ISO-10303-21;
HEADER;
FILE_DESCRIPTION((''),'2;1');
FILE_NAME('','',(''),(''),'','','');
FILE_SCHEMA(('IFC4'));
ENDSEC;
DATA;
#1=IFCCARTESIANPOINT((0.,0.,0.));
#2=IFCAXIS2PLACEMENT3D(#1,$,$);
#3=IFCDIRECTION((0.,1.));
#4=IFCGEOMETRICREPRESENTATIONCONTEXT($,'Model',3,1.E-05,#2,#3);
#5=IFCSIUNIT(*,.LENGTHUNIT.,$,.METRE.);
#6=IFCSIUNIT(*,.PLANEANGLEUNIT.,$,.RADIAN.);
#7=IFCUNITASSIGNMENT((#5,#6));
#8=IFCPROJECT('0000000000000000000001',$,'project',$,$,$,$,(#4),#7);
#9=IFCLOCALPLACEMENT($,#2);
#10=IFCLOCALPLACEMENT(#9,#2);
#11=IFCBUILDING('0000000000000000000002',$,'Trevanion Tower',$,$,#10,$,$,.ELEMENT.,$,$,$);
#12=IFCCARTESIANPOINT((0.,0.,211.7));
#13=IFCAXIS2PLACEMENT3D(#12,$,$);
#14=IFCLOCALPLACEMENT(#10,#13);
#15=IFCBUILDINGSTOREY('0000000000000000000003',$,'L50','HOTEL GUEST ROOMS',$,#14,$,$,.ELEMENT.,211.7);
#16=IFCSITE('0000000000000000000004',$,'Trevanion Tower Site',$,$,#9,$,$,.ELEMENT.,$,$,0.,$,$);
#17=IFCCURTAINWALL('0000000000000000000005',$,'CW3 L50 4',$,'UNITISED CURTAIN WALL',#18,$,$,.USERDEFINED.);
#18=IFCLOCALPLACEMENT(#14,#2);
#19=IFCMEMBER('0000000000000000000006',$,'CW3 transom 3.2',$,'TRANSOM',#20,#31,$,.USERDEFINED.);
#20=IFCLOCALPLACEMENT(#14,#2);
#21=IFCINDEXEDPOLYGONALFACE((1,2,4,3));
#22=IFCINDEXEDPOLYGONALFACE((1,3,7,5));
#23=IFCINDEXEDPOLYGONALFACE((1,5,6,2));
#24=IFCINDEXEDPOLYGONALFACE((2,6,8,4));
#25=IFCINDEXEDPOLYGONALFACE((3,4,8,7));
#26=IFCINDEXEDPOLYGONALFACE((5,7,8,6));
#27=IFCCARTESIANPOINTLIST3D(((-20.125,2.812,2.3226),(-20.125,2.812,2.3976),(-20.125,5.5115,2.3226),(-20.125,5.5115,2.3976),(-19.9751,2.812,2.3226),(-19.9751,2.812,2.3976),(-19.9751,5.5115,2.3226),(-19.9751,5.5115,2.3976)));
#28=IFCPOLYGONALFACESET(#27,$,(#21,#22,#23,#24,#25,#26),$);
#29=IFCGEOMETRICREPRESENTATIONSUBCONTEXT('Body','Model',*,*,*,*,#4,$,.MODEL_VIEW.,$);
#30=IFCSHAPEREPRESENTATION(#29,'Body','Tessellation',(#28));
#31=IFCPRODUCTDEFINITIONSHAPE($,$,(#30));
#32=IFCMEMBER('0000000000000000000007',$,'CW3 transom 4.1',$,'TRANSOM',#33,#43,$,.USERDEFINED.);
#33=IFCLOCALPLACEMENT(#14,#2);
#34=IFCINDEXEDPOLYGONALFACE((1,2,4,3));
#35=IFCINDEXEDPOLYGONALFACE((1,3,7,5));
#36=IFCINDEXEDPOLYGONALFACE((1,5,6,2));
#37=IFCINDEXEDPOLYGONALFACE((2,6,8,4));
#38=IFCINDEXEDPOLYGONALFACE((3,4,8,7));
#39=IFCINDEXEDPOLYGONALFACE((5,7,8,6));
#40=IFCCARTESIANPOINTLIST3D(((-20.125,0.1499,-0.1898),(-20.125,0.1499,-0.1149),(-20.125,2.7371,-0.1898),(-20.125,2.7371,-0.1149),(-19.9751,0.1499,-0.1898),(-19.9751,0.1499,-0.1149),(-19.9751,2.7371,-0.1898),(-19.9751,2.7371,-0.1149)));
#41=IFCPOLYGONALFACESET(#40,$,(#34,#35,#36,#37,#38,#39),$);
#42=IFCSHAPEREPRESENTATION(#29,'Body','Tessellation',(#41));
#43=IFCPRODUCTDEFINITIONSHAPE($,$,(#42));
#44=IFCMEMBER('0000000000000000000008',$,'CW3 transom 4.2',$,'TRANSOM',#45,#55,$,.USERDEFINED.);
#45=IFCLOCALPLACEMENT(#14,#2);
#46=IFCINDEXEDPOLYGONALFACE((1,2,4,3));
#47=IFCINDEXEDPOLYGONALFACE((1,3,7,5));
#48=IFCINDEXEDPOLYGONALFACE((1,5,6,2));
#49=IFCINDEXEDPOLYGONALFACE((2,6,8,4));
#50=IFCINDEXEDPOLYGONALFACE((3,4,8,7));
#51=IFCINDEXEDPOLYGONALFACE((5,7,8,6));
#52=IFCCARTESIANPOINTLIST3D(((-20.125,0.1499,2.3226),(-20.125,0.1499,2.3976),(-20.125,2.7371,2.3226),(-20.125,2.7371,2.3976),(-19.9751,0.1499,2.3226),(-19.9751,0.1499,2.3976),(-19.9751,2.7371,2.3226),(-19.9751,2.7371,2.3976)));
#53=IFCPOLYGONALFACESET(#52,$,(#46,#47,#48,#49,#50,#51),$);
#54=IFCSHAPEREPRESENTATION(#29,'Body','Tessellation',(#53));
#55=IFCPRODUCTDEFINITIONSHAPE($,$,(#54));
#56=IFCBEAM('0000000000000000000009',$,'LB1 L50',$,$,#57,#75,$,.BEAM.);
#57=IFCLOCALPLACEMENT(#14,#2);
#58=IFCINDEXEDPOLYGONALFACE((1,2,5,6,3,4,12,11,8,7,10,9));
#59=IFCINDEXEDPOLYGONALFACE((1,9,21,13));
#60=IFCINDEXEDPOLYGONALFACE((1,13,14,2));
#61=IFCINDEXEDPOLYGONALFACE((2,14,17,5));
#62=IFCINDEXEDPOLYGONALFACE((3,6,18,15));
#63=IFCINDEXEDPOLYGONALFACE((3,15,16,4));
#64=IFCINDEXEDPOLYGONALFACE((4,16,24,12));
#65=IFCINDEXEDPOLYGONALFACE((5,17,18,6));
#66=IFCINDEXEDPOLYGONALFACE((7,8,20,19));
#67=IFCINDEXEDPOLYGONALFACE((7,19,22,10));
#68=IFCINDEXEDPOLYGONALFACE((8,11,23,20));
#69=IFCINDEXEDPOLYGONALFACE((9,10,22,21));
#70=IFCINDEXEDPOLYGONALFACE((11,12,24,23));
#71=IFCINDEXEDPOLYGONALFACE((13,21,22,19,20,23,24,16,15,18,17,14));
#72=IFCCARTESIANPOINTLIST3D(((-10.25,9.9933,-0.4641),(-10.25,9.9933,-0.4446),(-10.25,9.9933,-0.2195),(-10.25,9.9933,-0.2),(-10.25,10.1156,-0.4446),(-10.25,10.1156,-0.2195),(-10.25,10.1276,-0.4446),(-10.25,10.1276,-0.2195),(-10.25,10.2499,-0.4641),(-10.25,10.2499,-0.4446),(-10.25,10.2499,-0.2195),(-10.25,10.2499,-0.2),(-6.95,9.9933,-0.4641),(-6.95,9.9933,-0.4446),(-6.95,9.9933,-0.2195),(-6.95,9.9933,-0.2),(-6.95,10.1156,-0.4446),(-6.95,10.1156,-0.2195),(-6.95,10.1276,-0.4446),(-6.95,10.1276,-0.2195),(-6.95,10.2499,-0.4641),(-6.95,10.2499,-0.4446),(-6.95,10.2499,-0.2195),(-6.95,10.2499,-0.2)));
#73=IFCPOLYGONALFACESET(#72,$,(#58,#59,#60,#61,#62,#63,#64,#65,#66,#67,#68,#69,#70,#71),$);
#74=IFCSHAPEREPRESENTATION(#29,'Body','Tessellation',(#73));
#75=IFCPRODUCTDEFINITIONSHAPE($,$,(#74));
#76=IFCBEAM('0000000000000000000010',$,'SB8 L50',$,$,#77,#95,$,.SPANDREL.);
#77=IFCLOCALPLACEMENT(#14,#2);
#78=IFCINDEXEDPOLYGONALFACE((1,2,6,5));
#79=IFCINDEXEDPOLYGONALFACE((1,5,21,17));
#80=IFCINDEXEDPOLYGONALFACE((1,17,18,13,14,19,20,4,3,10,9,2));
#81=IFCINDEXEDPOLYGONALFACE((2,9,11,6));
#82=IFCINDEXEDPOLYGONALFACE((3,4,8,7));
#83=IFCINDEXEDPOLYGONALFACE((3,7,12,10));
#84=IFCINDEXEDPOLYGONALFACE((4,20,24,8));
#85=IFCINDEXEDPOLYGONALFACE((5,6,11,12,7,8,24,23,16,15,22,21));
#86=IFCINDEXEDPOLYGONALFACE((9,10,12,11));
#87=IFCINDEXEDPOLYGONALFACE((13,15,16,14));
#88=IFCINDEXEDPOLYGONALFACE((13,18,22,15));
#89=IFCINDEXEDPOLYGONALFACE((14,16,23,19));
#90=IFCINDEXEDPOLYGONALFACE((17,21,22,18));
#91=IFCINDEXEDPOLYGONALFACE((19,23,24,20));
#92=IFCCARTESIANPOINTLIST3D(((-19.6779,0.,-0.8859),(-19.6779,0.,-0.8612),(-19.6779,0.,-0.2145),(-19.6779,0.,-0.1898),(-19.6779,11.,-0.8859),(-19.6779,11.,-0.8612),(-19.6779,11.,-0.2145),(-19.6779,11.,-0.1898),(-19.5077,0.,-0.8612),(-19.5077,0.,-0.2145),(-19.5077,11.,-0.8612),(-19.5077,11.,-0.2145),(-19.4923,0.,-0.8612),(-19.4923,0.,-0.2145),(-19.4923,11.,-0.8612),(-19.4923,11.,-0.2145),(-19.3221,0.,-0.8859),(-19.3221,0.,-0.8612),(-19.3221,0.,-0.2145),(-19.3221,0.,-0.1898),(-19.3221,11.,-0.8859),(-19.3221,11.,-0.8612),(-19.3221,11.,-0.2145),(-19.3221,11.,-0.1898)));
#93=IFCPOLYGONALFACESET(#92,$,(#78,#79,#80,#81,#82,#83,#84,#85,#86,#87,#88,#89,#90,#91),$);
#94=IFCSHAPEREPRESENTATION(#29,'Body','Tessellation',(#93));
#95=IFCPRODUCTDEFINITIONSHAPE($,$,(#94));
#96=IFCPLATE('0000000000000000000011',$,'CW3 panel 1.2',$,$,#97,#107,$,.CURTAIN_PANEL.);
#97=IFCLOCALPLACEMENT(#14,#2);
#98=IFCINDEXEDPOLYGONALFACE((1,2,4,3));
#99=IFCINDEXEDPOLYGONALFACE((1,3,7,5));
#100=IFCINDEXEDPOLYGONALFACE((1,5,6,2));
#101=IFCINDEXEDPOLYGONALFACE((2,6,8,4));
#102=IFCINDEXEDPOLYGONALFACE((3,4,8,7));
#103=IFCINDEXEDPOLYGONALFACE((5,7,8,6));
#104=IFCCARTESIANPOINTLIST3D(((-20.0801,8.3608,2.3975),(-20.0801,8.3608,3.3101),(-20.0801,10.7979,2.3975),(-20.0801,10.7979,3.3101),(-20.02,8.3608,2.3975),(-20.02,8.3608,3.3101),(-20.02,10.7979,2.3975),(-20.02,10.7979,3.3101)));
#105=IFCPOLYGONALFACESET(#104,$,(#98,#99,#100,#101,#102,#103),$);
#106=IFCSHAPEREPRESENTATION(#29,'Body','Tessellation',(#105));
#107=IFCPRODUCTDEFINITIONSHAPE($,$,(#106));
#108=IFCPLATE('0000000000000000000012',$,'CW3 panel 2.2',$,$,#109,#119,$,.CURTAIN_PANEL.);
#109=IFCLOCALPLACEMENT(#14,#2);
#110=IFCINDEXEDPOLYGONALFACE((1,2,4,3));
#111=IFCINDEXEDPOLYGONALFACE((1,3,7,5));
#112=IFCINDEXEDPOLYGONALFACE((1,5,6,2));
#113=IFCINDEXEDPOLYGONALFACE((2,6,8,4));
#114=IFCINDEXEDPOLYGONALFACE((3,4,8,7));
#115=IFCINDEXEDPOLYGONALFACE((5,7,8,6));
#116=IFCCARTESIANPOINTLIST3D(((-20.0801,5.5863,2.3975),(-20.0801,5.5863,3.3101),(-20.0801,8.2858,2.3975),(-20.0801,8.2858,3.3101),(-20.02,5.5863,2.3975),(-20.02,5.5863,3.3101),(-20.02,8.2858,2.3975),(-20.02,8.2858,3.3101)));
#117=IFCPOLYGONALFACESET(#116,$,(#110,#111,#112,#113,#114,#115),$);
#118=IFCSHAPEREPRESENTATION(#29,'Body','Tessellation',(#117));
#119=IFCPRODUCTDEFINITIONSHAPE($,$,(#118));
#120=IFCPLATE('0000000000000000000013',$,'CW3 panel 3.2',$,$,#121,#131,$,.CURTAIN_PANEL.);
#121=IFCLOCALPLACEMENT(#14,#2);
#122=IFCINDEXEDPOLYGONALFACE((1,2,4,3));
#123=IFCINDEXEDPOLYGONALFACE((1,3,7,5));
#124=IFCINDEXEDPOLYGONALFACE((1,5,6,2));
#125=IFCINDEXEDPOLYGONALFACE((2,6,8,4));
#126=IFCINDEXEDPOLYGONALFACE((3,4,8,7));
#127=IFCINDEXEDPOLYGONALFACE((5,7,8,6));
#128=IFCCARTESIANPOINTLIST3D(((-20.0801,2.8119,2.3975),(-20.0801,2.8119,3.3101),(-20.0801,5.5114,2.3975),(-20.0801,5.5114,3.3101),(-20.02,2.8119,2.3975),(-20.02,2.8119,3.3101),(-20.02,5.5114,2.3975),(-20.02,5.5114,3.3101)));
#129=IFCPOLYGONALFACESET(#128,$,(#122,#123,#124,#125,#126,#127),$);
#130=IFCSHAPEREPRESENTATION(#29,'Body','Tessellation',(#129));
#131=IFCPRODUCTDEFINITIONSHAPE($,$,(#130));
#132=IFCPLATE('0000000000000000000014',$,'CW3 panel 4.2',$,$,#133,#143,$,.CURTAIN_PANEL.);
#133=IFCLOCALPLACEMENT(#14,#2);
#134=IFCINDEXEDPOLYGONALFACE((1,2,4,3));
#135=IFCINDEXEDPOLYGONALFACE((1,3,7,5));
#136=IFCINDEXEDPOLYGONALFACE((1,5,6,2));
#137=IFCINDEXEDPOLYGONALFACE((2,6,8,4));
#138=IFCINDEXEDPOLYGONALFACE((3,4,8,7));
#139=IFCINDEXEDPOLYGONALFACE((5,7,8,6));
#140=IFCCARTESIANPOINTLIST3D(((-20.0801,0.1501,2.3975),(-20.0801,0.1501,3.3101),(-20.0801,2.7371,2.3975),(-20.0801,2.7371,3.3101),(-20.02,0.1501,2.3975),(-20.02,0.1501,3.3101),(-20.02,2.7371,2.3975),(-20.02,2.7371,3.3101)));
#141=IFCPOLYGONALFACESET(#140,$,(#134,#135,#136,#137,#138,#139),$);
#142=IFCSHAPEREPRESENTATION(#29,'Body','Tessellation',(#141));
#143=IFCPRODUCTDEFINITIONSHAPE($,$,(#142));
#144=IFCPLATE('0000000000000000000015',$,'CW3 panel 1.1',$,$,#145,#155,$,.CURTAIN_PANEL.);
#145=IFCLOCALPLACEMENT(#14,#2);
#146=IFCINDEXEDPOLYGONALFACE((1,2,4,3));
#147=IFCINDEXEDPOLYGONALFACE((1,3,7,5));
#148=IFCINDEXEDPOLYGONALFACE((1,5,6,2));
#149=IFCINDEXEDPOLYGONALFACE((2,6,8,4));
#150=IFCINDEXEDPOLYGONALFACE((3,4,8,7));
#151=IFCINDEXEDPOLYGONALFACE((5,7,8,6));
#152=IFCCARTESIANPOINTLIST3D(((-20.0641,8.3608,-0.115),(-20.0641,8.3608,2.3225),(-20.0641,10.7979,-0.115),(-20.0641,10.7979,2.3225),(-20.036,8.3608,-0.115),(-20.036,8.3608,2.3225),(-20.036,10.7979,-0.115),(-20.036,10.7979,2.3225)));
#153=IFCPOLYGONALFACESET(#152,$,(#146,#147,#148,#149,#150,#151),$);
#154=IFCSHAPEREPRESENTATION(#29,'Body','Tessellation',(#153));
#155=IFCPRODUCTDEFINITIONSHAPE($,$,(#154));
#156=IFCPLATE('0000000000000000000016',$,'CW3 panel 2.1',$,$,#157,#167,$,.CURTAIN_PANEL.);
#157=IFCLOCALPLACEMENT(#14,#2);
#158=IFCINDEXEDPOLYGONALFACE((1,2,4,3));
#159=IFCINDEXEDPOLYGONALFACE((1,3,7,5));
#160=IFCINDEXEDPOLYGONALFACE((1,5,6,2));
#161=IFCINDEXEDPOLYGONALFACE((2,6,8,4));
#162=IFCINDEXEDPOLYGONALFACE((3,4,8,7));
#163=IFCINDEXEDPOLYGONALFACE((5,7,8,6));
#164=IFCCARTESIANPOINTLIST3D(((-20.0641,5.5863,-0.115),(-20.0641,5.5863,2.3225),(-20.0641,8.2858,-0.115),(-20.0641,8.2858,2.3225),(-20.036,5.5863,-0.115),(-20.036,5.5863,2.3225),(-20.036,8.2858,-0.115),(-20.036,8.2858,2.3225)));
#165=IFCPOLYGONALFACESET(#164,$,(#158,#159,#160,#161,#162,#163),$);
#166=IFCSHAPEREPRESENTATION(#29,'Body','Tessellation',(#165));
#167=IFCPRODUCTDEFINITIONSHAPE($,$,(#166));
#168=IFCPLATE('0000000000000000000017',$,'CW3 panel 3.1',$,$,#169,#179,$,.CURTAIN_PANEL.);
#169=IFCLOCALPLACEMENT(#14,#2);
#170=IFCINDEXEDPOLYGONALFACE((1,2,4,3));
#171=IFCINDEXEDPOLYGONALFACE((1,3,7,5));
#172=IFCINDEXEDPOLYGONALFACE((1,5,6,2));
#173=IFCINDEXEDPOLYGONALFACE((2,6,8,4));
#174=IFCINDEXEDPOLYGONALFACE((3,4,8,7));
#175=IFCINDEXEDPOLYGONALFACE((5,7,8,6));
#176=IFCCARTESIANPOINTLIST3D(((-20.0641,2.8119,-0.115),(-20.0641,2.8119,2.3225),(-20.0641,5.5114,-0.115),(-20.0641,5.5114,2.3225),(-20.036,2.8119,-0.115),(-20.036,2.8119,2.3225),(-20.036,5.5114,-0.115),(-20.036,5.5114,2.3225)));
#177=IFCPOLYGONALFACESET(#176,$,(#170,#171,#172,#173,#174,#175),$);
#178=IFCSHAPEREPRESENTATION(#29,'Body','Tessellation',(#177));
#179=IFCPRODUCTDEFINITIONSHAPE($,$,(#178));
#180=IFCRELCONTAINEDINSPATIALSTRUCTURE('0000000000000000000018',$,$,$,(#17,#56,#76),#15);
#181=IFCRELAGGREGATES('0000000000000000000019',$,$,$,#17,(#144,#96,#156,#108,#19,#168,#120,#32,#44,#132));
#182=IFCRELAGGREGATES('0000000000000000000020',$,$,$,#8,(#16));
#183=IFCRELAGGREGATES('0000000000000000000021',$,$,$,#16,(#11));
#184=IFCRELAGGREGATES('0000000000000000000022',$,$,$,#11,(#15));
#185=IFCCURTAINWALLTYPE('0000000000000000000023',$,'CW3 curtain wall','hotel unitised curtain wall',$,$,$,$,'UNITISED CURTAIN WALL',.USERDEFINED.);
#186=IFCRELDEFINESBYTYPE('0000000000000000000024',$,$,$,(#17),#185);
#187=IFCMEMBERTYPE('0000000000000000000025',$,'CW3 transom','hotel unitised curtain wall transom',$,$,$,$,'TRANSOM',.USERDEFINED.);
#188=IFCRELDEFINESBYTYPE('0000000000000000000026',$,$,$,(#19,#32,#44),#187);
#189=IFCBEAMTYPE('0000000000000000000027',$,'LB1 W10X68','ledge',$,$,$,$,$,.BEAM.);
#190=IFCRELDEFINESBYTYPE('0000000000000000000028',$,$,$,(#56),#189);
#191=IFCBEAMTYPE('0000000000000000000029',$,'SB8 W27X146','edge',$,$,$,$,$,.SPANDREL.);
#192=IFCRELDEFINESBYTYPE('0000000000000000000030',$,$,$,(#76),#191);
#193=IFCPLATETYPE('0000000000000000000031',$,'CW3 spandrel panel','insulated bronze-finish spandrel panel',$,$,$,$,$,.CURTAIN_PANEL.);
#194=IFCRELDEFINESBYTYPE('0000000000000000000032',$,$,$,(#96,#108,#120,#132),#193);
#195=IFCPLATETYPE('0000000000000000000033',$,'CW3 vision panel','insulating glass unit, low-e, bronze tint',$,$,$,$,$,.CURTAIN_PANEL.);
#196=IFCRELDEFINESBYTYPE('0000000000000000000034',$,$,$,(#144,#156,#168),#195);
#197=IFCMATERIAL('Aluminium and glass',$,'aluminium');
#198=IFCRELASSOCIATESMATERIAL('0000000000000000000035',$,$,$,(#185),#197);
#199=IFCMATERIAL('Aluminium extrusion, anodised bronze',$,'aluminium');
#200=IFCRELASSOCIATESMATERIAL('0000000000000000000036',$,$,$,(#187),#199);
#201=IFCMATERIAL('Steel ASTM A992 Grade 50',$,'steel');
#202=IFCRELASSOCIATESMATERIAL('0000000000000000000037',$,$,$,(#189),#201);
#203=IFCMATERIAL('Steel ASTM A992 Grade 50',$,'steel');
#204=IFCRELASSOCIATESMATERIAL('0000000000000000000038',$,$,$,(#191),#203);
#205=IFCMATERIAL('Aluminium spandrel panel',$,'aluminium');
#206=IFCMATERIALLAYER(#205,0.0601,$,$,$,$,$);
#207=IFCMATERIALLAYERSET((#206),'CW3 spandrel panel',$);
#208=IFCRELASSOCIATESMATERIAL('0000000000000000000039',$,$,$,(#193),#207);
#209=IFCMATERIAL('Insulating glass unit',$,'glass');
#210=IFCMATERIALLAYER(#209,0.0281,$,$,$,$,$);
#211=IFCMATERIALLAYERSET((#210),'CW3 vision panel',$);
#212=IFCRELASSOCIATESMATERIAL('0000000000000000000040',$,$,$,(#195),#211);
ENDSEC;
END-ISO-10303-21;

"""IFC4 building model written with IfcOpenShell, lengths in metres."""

from ifc_helpers import new_model, si_unit, direction, frame, origin, origin_2d, place, context, subcontext, project, spatial, rectangle, i_section, extrude, material, layer, layer_set, material_profile, profile_set, type_object, element, aggregate, save


model = new_model("IFC4")

# Units and contexts
model_context = context("Model", 3, precision=1e-05, world=origin(), true_north=direction((0.0, 1.0)))
body_context = subcontext(model_context, "Body", "Model", "MODEL_VIEW")
ifc_project = project(units=[si_unit("LENGTHUNIT", "METRE"), si_unit("PLANEANGLEUNIT", "RADIAN")], contexts=[model_context])

# Site, building, storey
site_placement = place(None, origin())
site = spatial("IfcSite", under=ifc_project, at=site_placement, Name="Trevanion Tower Site", CompositionType="ELEMENT", RefElevation=0.0)
building_placement = place(site_placement, origin())
building = spatial("IfcBuilding", under=site, at=building_placement, Name="Trevanion Tower", CompositionType="ELEMENT")
storey_placement = place(building_placement, frame((0.0, 0.0, 211.7)))
storey = spatial("IfcBuildingStorey", under=building, at=storey_placement, Name="L50", Description="HOTEL GUEST ROOMS", CompositionType="ELEMENT", Elevation=211.7)

# Curtain wall, members
ifc_material_1 = material(Name="Aluminium and glass", Category="aluminium")
curtain_wall_type = type_object("IfcCurtainWallType", Name="CW3 curtain wall", Description="hotel unitised curtain wall", ElementType="UNITISED CURTAIN WALL", PredefinedType="USERDEFINED", material=ifc_material_1)
curtain_wall_placement = place(storey_placement, origin())
curtain_wall = element("IfcCurtainWall", 1, at=curtain_wall_placement, inside=storey, type_object=curtain_wall_type, Name="CW3 L50 4", ObjectType="UNITISED CURTAIN WALL", PredefinedType="USERDEFINED")
ifc_material_2 = material(Name="Aluminium extrusion, anodised bronze", Category="aluminium")
ifc_material_profile_1 = material_profile(ifc_material_2, rectangle(XDim=0.1499, YDim=0.075, at=origin_2d()), Name="CW3 transom")
ifc_profile_set_1 = profile_set([ifc_material_profile_1], Name="Aluminium extrusion, anodised bronze")
member_type_1 = type_object("IfcMemberType", Name="CW3 transom", Description="hotel unitised curtain wall transom", ElementType="TRANSOM", PredefinedType="USERDEFINED", material=ifc_profile_set_1)
member_1_placement = place(storey_placement, frame((-20.05, 5.5115, 2.3601), z_axis=(0.0, -1.0, 0.0), x_axis=(1.0, 0.0, 0.0)))
member_1 = element("IfcMember", 2, at=member_1_placement, type_object=member_type_1, Name="CW3 transom 3.2", ObjectType="TRANSOM", PredefinedType="USERDEFINED", context=body_context, shape_type="SweptSolid", body=[
    extrude(rectangle(XDim=0.1499, YDim=0.075, at=origin_2d()), origin(), (0.0, 0.0, 1.0), 2.6995),
])
member_2_placement = place(storey_placement, frame((-20.05, 2.7371, -0.1523), z_axis=(0.0, -1.0, 0.0), x_axis=(1.0, 0.0, 0.0)))
member_2 = element("IfcMember", 3, at=member_2_placement, type_object=member_type_1, Name="CW3 transom 4.1", ObjectType="TRANSOM", PredefinedType="USERDEFINED", context=body_context, shape_type="SweptSolid", body=[
    extrude(rectangle(XDim=0.1499, YDim=0.075, at=origin_2d()), origin(), (0.0, 0.0, 1.0), 2.5872),
])
member_3_placement = place(storey_placement, frame((-20.05, 2.7371, 2.3601), z_axis=(0.0, -1.0, 0.0), x_axis=(1.0, 0.0, 0.0)))
member_3 = element("IfcMember", 4, at=member_3_placement, type_object=member_type_1, Name="CW3 transom 4.2", ObjectType="TRANSOM", PredefinedType="USERDEFINED", context=body_context, shape_type="SweptSolid", body=[
    extrude(rectangle(XDim=0.1499, YDim=0.075, at=origin_2d()), origin(), (0.0, 0.0, 1.0), 2.5872),
])

# Beams
ifc_material_3 = material(Name="Steel ASTM A992 Grade 50", Category="steel")
ifc_material_profile_2 = material_profile(ifc_material_3, i_section(OverallWidth=0.2566, OverallDepth=0.2642, WebThickness=0.012, FlangeThickness=0.0195, at=origin_2d()), Name="W10X68")
ifc_profile_set_2 = profile_set([ifc_material_profile_2], Name="Steel ASTM A992 Grade 50")
beam_type_1 = type_object("IfcBeamType", Name="LB1 W10X68", Description="ledge", PredefinedType="BEAM", material=ifc_profile_set_2)
beam_1_placement = place(storey_placement, frame((-10.25, 10.1216, -0.332), z_axis=(1.0, 0.0, 0.0), x_axis=(0.0, 1.0, 0.0)))
element("IfcBeam", 5, at=beam_1_placement, inside=storey, type_object=beam_type_1, Name="LB1 L50", PredefinedType="BEAM", context=body_context, shape_type="SweptSolid", body=[
    extrude(i_section(OverallWidth=0.2566, OverallDepth=0.2642, WebThickness=0.012, FlangeThickness=0.0195, at=origin_2d()), origin(), (0.0, 0.0, 1.0), 3.3),
])
ifc_material_4 = material(Name="Steel ASTM A992 Grade 50", Category="steel")
ifc_material_profile_3 = material_profile(ifc_material_4, i_section(OverallWidth=0.3557, OverallDepth=0.696, WebThickness=0.0154, FlangeThickness=0.0247, at=origin_2d()), Name="W27X146")
ifc_profile_set_3 = profile_set([ifc_material_profile_3], Name="Steel ASTM A992 Grade 50")
beam_type_2 = type_object("IfcBeamType", Name="SB8 W27X146", Description="edge", PredefinedType="SPANDREL", material=ifc_profile_set_3)
beam_2_placement = place(storey_placement, frame((-19.5, 11.0, -0.5378), z_axis=(0.0, -1.0, 0.0), x_axis=(1.0, 0.0, 0.0)))
element("IfcBeam", 6, at=beam_2_placement, inside=storey, type_object=beam_type_2, Name="SB8 L50", PredefinedType="SPANDREL", context=body_context, shape_type="SweptSolid", body=[
    extrude(i_section(OverallWidth=0.3557, OverallDepth=0.696, WebThickness=0.0154, FlangeThickness=0.0247, at=origin_2d()), origin(), (0.0, 0.0, 1.0), 11.0),
])

# Plates
ifc_material_5 = material(Name="Aluminium spandrel panel", Category="aluminium")
ifc_layer_1 = layer(ifc_material_5, 0.0601)
ifc_layer_set_1 = layer_set([ifc_layer_1], Name="CW3 spandrel panel")
plate_type_1 = type_object("IfcPlateType", Name="CW3 spandrel panel", Description="insulated bronze-finish spandrel panel", PredefinedType="CURTAIN_PANEL", material=ifc_layer_set_1)
plate_1_placement = place(storey_placement, frame((-20.05, 9.5793, 2.3975), z_axis=(0.0, 0.0, 1.0), x_axis=(0.0, -1.0, 0.0)))
plate_1 = element("IfcPlate", 7, at=plate_1_placement, type_object=plate_type_1, Name="CW3 panel 1.2", PredefinedType="CURTAIN_PANEL", context=body_context, shape_type="SweptSolid", body=[
    extrude(rectangle(XDim=2.437, YDim=0.0601, at=origin_2d()), origin(), (0.0, 0.0, 1.0), 0.9126),
])
plate_2_placement = place(storey_placement, frame((-20.05, 6.936, 2.3975), z_axis=(0.0, 0.0, 1.0), x_axis=(0.0, -1.0, 0.0)))
plate_2 = element("IfcPlate", 8, at=plate_2_placement, type_object=plate_type_1, Name="CW3 panel 2.2", PredefinedType="CURTAIN_PANEL", context=body_context, shape_type="SweptSolid", body=[
    extrude(rectangle(XDim=2.6995, YDim=0.0601, at=origin_2d()), origin(), (0.0, 0.0, 1.0), 0.9126),
])
plate_3_placement = place(storey_placement, frame((-20.05, 4.1616, 2.3975), z_axis=(0.0, 0.0, 1.0), x_axis=(0.0, -1.0, 0.0)))
plate_3 = element("IfcPlate", 9, at=plate_3_placement, type_object=plate_type_1, Name="CW3 panel 3.2", PredefinedType="CURTAIN_PANEL", context=body_context, shape_type="SweptSolid", body=[
    extrude(rectangle(XDim=2.6995, YDim=0.0601, at=origin_2d()), origin(), (0.0, 0.0, 1.0), 0.9126),
])
plate_4_placement = place(storey_placement, frame((-20.05, 1.4436, 2.3975), z_axis=(0.0, 0.0, 1.0), x_axis=(0.0, -1.0, 0.0)))
plate_4 = element("IfcPlate", 10, at=plate_4_placement, type_object=plate_type_1, Name="CW3 panel 4.2", PredefinedType="CURTAIN_PANEL", context=body_context, shape_type="SweptSolid", body=[
    extrude(rectangle(XDim=2.5869, YDim=0.0601, at=origin_2d()), origin(), (0.0, 0.0, 1.0), 0.9126),
])
ifc_material_6 = material(Name="Insulating glass unit", Category="glass")
ifc_layer_2 = layer(ifc_material_6, 0.0281)
ifc_layer_set_2 = layer_set([ifc_layer_2], Name="CW3 vision panel")
plate_type_2 = type_object("IfcPlateType", Name="CW3 vision panel", Description="insulating glass unit, low-e, bronze tint", PredefinedType="CURTAIN_PANEL", material=ifc_layer_set_2)
plate_5_placement = place(storey_placement, frame((-20.05, 9.5793, -0.115), z_axis=(0.0, 0.0, 1.0), x_axis=(0.0, -1.0, 0.0)))
plate_5 = element("IfcPlate", 11, at=plate_5_placement, type_object=plate_type_2, Name="CW3 panel 1.1", PredefinedType="CURTAIN_PANEL", context=body_context, shape_type="SweptSolid", body=[
    extrude(rectangle(XDim=2.437, YDim=0.0281, at=origin_2d()), origin(), (0.0, 0.0, 1.0), 2.4375),
])
plate_6_placement = place(storey_placement, frame((-20.05, 6.936, -0.115), z_axis=(0.0, 0.0, 1.0), x_axis=(0.0, -1.0, 0.0)))
plate_6 = element("IfcPlate", 12, at=plate_6_placement, type_object=plate_type_2, Name="CW3 panel 2.1", PredefinedType="CURTAIN_PANEL", context=body_context, shape_type="SweptSolid", body=[
    extrude(rectangle(XDim=2.6995, YDim=0.0281, at=origin_2d()), origin(), (0.0, 0.0, 1.0), 2.4375),
])
plate_7_placement = place(storey_placement, frame((-20.05, 4.1616, -0.115), z_axis=(0.0, 0.0, 1.0), x_axis=(0.0, -1.0, 0.0)))
plate_7 = element("IfcPlate", 13, at=plate_7_placement, type_object=plate_type_2, Name="CW3 panel 3.1", PredefinedType="CURTAIN_PANEL", context=body_context, shape_type="SweptSolid", body=[
    extrude(rectangle(XDim=2.6995, YDim=0.0281, at=origin_2d()), origin(), (0.0, 0.0, 1.0), 2.4375),
])
aggregate(curtain_wall, [plate_5, plate_1, plate_6, plate_2, member_1, plate_7, plate_3, member_2, member_3, plate_4])

save(model, "model.ifc")
